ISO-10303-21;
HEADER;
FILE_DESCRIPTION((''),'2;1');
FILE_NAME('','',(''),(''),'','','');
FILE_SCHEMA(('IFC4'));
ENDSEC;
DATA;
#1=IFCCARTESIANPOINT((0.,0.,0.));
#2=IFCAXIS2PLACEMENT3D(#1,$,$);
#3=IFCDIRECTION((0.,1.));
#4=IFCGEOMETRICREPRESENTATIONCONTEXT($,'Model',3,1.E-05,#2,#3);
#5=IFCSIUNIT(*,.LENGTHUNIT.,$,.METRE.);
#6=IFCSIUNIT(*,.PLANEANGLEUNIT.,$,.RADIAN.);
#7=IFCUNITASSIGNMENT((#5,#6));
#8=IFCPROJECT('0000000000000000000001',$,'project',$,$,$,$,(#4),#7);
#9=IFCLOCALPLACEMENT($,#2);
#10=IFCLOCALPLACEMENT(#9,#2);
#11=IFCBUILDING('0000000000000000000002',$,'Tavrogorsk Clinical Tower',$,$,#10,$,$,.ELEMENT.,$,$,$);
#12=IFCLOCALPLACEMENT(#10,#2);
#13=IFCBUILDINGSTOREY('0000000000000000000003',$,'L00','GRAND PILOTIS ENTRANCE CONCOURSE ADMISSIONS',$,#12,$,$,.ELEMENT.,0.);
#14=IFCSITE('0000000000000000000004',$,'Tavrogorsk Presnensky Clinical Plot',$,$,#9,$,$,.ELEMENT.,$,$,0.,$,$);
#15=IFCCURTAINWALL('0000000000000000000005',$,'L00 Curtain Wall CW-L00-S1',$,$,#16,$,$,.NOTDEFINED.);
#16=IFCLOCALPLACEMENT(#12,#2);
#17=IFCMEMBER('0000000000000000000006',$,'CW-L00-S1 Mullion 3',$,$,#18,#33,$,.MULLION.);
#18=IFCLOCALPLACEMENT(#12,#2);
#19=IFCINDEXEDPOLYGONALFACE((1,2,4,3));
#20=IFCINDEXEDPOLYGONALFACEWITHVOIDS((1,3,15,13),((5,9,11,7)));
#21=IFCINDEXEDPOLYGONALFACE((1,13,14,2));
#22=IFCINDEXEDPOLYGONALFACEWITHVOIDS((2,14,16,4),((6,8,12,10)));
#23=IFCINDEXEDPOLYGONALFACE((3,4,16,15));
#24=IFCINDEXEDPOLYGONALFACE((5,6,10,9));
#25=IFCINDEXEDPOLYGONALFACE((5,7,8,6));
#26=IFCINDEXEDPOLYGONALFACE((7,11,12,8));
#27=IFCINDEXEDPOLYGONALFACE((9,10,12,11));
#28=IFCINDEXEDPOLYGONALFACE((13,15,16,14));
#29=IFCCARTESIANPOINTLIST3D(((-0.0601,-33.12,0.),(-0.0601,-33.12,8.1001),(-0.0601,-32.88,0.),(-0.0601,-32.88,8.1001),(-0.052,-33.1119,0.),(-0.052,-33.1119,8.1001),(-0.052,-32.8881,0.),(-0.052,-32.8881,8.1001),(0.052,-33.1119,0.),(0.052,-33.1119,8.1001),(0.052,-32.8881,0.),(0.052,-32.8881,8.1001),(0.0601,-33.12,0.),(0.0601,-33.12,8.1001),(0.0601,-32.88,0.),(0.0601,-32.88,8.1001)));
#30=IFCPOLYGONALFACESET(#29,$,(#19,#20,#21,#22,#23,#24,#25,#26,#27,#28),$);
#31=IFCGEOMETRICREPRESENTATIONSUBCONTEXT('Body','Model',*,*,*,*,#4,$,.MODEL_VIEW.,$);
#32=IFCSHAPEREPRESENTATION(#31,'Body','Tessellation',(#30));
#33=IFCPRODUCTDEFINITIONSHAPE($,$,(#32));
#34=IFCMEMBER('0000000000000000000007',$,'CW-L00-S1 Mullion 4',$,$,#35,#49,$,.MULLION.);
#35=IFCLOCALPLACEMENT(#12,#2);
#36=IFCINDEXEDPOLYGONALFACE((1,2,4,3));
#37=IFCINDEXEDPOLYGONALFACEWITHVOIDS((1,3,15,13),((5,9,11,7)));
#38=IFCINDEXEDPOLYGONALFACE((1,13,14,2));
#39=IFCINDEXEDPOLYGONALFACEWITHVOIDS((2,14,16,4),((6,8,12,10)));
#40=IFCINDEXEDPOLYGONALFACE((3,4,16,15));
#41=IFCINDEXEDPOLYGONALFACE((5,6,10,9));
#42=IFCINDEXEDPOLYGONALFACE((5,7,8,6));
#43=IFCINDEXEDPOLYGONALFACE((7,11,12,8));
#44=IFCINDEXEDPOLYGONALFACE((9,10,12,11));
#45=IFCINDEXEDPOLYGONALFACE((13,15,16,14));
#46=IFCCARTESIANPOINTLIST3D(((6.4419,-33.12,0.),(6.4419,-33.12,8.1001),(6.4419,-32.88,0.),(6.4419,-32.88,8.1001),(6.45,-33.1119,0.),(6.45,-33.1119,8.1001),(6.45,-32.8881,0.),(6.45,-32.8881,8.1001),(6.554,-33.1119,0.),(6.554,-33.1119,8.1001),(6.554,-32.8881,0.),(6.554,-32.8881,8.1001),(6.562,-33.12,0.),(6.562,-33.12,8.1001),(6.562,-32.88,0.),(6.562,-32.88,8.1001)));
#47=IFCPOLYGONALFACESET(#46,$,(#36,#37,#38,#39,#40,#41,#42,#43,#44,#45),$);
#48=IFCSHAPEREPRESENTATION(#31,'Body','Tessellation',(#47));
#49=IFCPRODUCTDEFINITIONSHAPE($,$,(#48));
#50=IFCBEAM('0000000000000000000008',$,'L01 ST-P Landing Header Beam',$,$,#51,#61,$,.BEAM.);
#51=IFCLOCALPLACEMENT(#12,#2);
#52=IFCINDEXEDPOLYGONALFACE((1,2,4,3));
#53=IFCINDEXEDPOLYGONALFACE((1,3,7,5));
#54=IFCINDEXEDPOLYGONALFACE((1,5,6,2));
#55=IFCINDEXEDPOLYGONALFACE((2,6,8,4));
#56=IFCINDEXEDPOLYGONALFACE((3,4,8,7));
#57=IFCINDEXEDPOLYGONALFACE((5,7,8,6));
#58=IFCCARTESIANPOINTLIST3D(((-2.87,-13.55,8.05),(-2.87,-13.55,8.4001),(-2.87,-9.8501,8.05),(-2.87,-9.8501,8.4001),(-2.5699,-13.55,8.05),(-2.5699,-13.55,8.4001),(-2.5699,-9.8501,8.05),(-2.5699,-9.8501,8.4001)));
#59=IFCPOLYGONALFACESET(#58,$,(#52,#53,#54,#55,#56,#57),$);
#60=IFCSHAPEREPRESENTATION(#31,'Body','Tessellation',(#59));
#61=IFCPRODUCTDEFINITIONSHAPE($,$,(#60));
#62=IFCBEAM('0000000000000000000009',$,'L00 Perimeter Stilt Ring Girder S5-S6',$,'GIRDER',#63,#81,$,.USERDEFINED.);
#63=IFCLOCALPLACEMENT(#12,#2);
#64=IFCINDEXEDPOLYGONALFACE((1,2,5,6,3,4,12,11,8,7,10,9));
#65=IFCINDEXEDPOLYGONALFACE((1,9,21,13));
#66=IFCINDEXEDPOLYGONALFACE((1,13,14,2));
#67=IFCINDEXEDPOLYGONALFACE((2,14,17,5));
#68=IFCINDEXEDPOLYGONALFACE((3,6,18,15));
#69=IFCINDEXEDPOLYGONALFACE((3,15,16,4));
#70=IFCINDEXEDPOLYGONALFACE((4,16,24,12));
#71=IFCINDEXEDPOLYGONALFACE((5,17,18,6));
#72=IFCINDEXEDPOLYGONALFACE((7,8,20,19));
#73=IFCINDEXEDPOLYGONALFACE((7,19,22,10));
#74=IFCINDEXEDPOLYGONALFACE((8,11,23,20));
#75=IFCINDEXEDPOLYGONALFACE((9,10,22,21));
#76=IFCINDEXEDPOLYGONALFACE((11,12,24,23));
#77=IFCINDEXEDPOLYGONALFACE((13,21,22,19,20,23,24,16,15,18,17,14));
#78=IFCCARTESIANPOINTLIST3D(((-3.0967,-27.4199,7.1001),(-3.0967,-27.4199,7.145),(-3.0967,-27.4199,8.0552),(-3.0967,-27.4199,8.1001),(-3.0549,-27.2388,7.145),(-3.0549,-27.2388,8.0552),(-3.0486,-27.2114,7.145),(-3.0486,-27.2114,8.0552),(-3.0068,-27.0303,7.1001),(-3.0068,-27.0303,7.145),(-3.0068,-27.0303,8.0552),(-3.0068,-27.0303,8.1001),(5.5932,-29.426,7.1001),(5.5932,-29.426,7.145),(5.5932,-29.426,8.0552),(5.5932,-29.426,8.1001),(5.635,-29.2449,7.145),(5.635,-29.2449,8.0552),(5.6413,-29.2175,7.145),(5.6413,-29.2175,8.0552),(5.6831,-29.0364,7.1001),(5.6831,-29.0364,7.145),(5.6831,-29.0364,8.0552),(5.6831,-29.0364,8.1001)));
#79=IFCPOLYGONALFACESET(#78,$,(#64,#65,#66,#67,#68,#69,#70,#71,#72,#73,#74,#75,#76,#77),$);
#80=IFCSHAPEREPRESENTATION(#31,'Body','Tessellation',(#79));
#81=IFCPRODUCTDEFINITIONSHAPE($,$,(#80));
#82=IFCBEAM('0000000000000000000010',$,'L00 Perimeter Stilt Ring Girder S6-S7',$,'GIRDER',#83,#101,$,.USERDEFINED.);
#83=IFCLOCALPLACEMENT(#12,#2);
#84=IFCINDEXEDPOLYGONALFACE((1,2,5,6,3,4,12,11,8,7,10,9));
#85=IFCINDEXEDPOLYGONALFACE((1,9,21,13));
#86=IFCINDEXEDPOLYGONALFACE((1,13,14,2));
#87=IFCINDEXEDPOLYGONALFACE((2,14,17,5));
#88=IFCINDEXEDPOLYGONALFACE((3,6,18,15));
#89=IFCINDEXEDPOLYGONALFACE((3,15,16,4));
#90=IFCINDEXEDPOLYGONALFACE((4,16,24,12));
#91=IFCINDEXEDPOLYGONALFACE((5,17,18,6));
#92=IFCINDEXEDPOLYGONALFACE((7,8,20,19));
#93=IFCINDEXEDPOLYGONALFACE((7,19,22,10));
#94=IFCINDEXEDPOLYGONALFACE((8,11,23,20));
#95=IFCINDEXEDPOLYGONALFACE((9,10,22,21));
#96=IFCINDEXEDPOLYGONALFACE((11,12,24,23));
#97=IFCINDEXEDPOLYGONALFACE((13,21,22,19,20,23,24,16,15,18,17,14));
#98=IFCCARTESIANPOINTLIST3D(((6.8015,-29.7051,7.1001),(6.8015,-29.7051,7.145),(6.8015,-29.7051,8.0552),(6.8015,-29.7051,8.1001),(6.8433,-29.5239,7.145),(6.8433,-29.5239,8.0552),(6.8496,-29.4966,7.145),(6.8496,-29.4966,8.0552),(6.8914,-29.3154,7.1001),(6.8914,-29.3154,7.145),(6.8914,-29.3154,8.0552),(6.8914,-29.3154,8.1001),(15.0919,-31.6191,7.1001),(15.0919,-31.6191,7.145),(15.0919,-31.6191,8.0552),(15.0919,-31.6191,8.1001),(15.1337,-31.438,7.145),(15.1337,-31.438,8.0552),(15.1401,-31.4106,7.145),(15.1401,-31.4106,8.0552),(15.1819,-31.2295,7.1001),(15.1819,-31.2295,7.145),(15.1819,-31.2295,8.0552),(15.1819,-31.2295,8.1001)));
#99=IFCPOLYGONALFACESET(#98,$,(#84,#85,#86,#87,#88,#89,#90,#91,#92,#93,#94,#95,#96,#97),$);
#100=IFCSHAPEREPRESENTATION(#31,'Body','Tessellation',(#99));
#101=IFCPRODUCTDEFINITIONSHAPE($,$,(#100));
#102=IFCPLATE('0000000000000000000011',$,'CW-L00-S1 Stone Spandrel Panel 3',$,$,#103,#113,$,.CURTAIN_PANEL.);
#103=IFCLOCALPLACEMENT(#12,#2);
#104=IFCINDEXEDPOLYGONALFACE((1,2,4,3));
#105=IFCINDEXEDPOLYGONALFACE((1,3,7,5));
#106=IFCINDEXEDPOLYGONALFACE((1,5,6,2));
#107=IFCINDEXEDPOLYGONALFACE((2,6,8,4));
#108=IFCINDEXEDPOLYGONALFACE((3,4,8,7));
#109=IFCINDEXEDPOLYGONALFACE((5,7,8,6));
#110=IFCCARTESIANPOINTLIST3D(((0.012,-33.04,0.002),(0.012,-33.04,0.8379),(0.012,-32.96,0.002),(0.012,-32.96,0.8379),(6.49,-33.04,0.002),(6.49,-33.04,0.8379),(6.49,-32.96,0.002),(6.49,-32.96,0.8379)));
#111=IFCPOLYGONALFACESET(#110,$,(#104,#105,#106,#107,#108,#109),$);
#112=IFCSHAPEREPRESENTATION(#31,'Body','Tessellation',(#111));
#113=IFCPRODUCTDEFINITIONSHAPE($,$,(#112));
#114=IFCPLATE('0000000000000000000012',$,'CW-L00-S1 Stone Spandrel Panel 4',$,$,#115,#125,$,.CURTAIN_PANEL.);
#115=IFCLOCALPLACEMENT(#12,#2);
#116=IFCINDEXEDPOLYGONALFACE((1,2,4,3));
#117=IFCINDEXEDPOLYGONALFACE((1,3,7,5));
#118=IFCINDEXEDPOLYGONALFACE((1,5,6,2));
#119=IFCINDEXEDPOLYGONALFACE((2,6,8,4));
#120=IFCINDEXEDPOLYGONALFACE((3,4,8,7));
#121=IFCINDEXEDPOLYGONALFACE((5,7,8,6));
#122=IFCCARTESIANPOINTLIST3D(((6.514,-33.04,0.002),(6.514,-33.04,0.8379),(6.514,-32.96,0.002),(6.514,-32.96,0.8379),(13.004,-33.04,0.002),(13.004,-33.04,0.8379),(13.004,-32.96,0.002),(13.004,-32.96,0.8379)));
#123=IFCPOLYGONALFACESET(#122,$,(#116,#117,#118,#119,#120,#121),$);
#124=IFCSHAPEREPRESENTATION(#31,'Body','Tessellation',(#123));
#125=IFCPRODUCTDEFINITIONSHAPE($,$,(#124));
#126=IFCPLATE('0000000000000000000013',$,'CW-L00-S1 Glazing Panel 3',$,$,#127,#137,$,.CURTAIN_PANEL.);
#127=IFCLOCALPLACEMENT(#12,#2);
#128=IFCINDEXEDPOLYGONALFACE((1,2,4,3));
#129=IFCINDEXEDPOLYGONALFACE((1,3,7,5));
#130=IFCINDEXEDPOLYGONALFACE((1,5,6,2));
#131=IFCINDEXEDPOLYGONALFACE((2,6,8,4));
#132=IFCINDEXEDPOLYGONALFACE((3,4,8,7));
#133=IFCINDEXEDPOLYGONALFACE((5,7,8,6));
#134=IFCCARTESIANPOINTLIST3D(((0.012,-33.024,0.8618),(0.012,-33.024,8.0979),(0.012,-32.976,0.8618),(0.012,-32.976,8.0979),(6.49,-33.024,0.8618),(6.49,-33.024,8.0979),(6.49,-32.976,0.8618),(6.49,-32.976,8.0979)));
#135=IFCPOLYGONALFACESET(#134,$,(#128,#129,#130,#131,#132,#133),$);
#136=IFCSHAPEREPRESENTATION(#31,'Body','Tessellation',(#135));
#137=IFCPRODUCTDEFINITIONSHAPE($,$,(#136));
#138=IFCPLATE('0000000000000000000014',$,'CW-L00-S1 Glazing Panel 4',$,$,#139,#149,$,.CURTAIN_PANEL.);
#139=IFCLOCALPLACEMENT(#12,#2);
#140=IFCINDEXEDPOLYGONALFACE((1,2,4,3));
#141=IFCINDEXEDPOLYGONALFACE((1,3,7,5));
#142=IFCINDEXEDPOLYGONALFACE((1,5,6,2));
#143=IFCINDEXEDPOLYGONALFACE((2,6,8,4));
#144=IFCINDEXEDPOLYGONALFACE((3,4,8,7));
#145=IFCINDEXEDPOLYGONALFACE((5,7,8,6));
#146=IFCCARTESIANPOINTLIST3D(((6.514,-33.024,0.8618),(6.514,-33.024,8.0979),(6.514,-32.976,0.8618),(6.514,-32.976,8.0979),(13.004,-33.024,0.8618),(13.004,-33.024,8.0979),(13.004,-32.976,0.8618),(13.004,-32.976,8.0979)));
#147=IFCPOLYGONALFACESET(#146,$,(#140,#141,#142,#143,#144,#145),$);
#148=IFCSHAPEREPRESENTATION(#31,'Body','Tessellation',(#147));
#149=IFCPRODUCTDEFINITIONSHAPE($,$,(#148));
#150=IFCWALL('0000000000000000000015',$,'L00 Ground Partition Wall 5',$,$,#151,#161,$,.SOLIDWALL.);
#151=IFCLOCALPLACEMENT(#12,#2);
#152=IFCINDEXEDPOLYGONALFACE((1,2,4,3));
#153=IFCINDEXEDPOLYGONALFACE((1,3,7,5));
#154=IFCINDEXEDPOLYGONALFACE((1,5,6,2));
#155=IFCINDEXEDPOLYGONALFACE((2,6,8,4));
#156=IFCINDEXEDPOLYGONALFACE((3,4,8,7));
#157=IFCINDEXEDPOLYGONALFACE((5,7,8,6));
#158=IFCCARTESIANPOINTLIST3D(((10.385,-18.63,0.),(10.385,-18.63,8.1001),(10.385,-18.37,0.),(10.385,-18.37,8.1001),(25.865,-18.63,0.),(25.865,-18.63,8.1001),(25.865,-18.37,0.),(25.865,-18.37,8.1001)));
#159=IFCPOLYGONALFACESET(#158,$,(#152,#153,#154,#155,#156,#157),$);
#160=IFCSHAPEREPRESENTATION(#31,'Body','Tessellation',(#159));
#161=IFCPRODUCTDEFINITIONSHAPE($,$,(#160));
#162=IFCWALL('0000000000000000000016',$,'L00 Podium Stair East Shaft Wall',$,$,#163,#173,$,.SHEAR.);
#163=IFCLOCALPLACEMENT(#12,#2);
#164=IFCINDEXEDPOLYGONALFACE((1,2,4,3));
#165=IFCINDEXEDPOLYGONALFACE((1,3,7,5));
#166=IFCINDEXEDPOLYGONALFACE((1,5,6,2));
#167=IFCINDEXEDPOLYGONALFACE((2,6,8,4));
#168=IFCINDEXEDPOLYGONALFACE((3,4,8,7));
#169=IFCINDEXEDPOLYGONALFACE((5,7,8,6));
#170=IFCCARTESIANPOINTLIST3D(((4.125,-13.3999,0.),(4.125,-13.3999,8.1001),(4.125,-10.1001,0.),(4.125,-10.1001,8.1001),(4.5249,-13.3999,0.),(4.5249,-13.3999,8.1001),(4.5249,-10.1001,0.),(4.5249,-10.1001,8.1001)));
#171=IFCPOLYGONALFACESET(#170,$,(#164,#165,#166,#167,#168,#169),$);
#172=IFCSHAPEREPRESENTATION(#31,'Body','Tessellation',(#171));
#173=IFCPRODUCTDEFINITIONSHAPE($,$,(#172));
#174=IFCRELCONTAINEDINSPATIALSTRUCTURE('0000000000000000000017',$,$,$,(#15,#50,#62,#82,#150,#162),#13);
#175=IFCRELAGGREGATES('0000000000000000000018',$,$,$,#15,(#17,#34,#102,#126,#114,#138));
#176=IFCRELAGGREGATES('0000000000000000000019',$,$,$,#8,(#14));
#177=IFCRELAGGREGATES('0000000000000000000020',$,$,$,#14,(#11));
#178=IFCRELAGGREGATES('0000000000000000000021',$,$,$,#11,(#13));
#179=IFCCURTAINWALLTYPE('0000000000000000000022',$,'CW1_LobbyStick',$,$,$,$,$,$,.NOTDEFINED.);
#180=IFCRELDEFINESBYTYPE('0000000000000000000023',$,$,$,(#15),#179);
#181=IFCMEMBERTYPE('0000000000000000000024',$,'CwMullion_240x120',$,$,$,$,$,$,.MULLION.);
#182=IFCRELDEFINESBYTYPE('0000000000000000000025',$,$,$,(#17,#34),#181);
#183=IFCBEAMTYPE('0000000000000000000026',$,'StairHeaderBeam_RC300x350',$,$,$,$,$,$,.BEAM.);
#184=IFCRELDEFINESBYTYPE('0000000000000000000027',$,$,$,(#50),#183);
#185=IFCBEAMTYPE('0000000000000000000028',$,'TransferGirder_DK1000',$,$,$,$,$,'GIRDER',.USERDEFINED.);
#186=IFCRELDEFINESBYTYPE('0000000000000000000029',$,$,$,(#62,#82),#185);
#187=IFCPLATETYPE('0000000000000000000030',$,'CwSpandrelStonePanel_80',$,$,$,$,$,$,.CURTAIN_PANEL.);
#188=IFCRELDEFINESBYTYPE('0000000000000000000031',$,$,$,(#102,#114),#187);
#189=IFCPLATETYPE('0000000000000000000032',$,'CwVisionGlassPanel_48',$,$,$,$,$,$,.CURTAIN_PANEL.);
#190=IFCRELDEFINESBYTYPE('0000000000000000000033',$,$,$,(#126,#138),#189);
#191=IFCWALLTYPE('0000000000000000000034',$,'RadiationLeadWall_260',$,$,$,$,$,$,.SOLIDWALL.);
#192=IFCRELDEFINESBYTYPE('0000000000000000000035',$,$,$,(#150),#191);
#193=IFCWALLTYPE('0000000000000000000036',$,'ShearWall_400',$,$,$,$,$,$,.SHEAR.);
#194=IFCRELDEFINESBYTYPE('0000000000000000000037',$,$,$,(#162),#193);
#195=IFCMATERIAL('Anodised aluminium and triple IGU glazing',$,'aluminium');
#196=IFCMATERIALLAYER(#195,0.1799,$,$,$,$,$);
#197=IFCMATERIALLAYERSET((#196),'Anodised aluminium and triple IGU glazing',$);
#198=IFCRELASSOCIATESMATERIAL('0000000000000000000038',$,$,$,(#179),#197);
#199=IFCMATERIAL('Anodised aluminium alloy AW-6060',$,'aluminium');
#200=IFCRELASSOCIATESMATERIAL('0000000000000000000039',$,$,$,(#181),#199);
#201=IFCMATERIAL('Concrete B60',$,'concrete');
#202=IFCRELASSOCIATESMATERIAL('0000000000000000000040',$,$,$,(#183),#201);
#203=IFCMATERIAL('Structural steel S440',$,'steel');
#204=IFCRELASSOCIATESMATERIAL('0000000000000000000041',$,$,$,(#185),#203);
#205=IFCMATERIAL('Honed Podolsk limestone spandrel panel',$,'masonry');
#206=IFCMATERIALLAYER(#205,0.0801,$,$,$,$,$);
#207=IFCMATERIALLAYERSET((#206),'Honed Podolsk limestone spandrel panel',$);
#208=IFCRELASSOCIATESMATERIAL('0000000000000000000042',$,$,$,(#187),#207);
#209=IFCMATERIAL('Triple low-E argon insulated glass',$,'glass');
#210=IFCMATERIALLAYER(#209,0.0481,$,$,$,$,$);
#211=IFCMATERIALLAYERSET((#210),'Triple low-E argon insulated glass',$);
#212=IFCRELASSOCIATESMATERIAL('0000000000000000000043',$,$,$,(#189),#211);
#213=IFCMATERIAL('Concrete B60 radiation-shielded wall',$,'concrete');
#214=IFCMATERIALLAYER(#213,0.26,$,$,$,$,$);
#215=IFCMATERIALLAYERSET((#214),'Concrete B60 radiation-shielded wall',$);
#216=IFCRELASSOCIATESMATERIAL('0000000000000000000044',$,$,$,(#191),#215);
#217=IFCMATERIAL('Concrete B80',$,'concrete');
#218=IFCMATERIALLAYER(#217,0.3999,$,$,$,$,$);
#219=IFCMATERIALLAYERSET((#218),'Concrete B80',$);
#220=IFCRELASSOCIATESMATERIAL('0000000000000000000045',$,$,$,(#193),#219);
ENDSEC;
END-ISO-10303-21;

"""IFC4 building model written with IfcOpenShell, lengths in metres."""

from ifc_helpers import new_model, si_unit, direction, frame, frame_2d, origin, origin_2d, place, context, subcontext, project, spatial, rectangle, hollow_rectangle, i_section, extrude, material, layer, layer_set, material_profile, profile_set, type_object, element, aggregate, save


model = new_model("IFC4")

# Units and contexts
model_context = context("Model", 3, precision=1e-05, world=origin(), true_north=direction((0.0, 1.0)))
body_context = subcontext(model_context, "Body", "Model", "MODEL_VIEW")
ifc_project = project(units=[si_unit("LENGTHUNIT", "METRE"), si_unit("PLANEANGLEUNIT", "RADIAN")], contexts=[model_context])

# Site, building, storey
site_placement = place(None, origin())
site = spatial("IfcSite", under=ifc_project, at=site_placement, Name="Tavrogorsk Presnensky Clinical Plot", CompositionType="ELEMENT", RefElevation=0.0)
building_placement = place(site_placement, origin())
building = spatial("IfcBuilding", under=site, at=building_placement, Name="Tavrogorsk Clinical Tower", CompositionType="ELEMENT")
storey_placement = place(building_placement, origin())
storey = spatial("IfcBuildingStorey", under=building, at=storey_placement, Name="L00", Description="GRAND PILOTIS ENTRANCE CONCOURSE ADMISSIONS", CompositionType="ELEMENT", Elevation=0.0)

# Curtain wall, members
ifc_material_1 = material(Name="Anodised aluminium and triple IGU glazing", Category="aluminium")
ifc_layer_1 = layer(ifc_material_1, 0.1799)
ifc_layer_set_1 = layer_set([ifc_layer_1], Name="Anodised aluminium and triple IGU glazing")
curtain_wall_type = type_object("IfcCurtainWallType", Name="CW1_LobbyStick", PredefinedType="NOTDEFINED", material=ifc_layer_set_1)
curtain_wall_placement = place(storey_placement, origin())
curtain_wall = element("IfcCurtainWall", 1, at=curtain_wall_placement, inside=storey, type_object=curtain_wall_type, Name="L00 Curtain Wall CW-L00-S1", PredefinedType="NOTDEFINED")
ifc_material_2 = material(Name="Anodised aluminium alloy AW-6060", Category="aluminium")
ifc_material_profile_1 = material_profile(ifc_material_2, hollow_rectangle(XDim=0.1201, YDim=0.24, WallThickness=0.0081, at=origin_2d()), Name="RHS-240x120x8")
ifc_profile_set_1 = profile_set([ifc_material_profile_1], Name="Anodised aluminium alloy AW-6060")
member_type = type_object("IfcMemberType", Name="CwMullion_240x120", PredefinedType="MULLION", material=ifc_profile_set_1)
member_1_placement = place(storey_placement, frame((0.0, -33.0, 0.0), z_axis=(0.0, 0.0, 1.0), x_axis=(1.0, 0.0, 0.0)))
member_1 = element("IfcMember", 2, at=member_1_placement, type_object=member_type, Name="CW-L00-S1 Mullion 3", PredefinedType="MULLION", context=body_context, shape_type="SweptSolid", body=[
    extrude(hollow_rectangle(XDim=0.1201, YDim=0.24, WallThickness=0.0081, at=origin_2d()), origin(), (0.0, 0.0, 1.0), 8.1001),
])
member_2_placement = place(storey_placement, frame((6.502, -33.0, 0.0), z_axis=(0.0, 0.0, 1.0), x_axis=(1.0, 0.0, 0.0)))
member_2 = element("IfcMember", 3, at=member_2_placement, type_object=member_type, Name="CW-L00-S1 Mullion 4", PredefinedType="MULLION", context=body_context, shape_type="SweptSolid", body=[
    extrude(hollow_rectangle(XDim=0.1201, YDim=0.24, WallThickness=0.0081, at=origin_2d()), origin(), (0.0, 0.0, 1.0), 8.1001),
])

# Beams
ifc_material_3 = material(Name="Concrete B60", Category="concrete")
ifc_material_profile_2 = material_profile(ifc_material_3, rectangle(XDim=0.3, YDim=0.3501, at=origin_2d()), Name="RC-SHB-300x350")
ifc_profile_set_2 = profile_set([ifc_material_profile_2], Name="Concrete B60")
beam_type_1 = type_object("IfcBeamType", Name="StairHeaderBeam_RC300x350", PredefinedType="BEAM", material=ifc_profile_set_2)
beam_1_placement = place(storey_placement, frame((-2.72, -13.55, 8.2251), z_axis=(0.0, 1.0, 0.0), x_axis=(-1.0, 0.0, 0.0)))
element("IfcBeam", 4, at=beam_1_placement, inside=storey, type_object=beam_type_1, Name="L01 ST-P Landing Header Beam", PredefinedType="BEAM", context=body_context, shape_type="SweptSolid", body=[
    extrude(rectangle(XDim=0.3, YDim=0.3501, at=origin_2d()), origin(), (0.0, 0.0, 1.0), 3.7),
])
ifc_material_4 = material(Name="Structural steel S440", Category="steel")
ifc_material_profile_3 = material_profile(ifc_material_4, i_section(OverallWidth=0.3999, OverallDepth=1.0, WebThickness=0.0281, FlangeThickness=0.0449, at=origin_2d()), Name="DK-1000x400x28x45")
ifc_profile_set_3 = profile_set([ifc_material_profile_3], Name="Structural steel S440")
beam_type_2 = type_object("IfcBeamType", Name="TransferGirder_DK1000", ElementType="GIRDER", PredefinedType="USERDEFINED", material=ifc_profile_set_3)
beam_2_placement = place(storey_placement, frame((-3.0518, -27.2251, 7.6001), z_axis=(0.974373, -0.224937, 0.0), x_axis=(0.224937, 0.974373, 0.0)))
element("IfcBeam", 5, at=beam_2_placement, inside=storey, type_object=beam_type_2, Name="L00 Perimeter Stilt Ring Girder S5-S6", ObjectType="GIRDER", PredefinedType="USERDEFINED", context=body_context, shape_type="SweptSolid", body=[
    extrude(i_section(OverallWidth=0.3999, OverallDepth=1.0, WebThickness=0.0281, FlangeThickness=0.0449, at=origin_2d()), origin(), (0.0, 0.0, 1.0), 8.9185),
])
beam_3_placement = place(storey_placement, frame((6.8464, -29.5103, 7.6001), z_axis=(0.974369, -0.224956, 0.0), x_axis=(0.224956, 0.974369, 0.0)))
element("IfcBeam", 6, at=beam_3_placement, inside=storey, type_object=beam_type_2, Name="L00 Perimeter Stilt Ring Girder S6-S7", ObjectType="GIRDER", PredefinedType="USERDEFINED", context=body_context, shape_type="SweptSolid", body=[
    extrude(i_section(OverallWidth=0.3999, OverallDepth=1.0, WebThickness=0.0281, FlangeThickness=0.0449, at=origin_2d()), origin(), (0.0, 0.0, 1.0), 8.5085),
])

# Plates
ifc_material_5 = material(Name="Honed Podolsk limestone spandrel panel", Category="masonry")
ifc_layer_2 = layer(ifc_material_5, 0.0801)
ifc_layer_set_2 = layer_set([ifc_layer_2], Name="Honed Podolsk limestone spandrel panel")
plate_type_1 = type_object("IfcPlateType", Name="CwSpandrelStonePanel_80", PredefinedType="CURTAIN_PANEL", material=ifc_layer_set_2)
plate_1_placement = place(storey_placement, frame((3.251, -33.0, 0.002), z_axis=(0.0, 0.0, 1.0), x_axis=(1.0, 0.0, 0.0)))
plate_1 = element("IfcPlate", 7, at=plate_1_placement, type_object=plate_type_1, Name="CW-L00-S1 Stone Spandrel Panel 3", PredefinedType="CURTAIN_PANEL", context=body_context, shape_type="SweptSolid", body=[
    extrude(rectangle(XDim=6.478, YDim=0.0801, at=origin_2d()), origin(), (0.0, 0.0, 1.0), 0.8359),
])
plate_2_placement = place(storey_placement, frame((9.759, -33.0, 0.002), z_axis=(0.0, 0.0, 1.0), x_axis=(1.0, 0.0, 0.0)))
plate_2 = element("IfcPlate", 8, at=plate_2_placement, type_object=plate_type_1, Name="CW-L00-S1 Stone Spandrel Panel 4", PredefinedType="CURTAIN_PANEL", context=body_context, shape_type="SweptSolid", body=[
    extrude(rectangle(XDim=6.49, YDim=0.0801, at=origin_2d()), origin(), (0.0, 0.0, 1.0), 0.8359),
])
ifc_material_6 = material(Name="Triple low-E argon insulated glass", Category="glass")
ifc_layer_3 = layer(ifc_material_6, 0.0481)
ifc_layer_set_3 = layer_set([ifc_layer_3], Name="Triple low-E argon insulated glass")
plate_type_2 = type_object("IfcPlateType", Name="CwVisionGlassPanel_48", PredefinedType="CURTAIN_PANEL", material=ifc_layer_set_3)
plate_3_placement = place(storey_placement, frame((3.251, -33.0, 0.8618), z_axis=(0.0, 0.0, 1.0), x_axis=(1.0, 0.0, 0.0)))
plate_3 = element("IfcPlate", 9, at=plate_3_placement, type_object=plate_type_2, Name="CW-L00-S1 Glazing Panel 3", PredefinedType="CURTAIN_PANEL", context=body_context, shape_type="SweptSolid", body=[
    extrude(rectangle(XDim=6.478, YDim=0.0481, at=origin_2d()), origin(), (0.0, 0.0, 1.0), 7.2361),
])
plate_4_placement = place(storey_placement, frame((9.759, -33.0, 0.8618), z_axis=(0.0, 0.0, 1.0), x_axis=(1.0, 0.0, 0.0)))
plate_4 = element("IfcPlate", 10, at=plate_4_placement, type_object=plate_type_2, Name="CW-L00-S1 Glazing Panel 4", PredefinedType="CURTAIN_PANEL", context=body_context, shape_type="SweptSolid", body=[
    extrude(rectangle(XDim=6.49, YDim=0.0481, at=origin_2d()), origin(), (0.0, 0.0, 1.0), 7.2361),
])
aggregate(curtain_wall, [member_1, member_2, plate_1, plate_3, plate_2, plate_4])

# Walls
ifc_material_7 = material(Name="Concrete B60 radiation-shielded wall", Category="concrete")
ifc_layer_4 = layer(ifc_material_7, 0.26)
ifc_layer_set_4 = layer_set([ifc_layer_4], Name="Concrete B60 radiation-shielded wall")
wall_type_1 = type_object("IfcWallType", Name="RadiationLeadWall_260", PredefinedType="SOLIDWALL", material=ifc_layer_set_4)
wall_1_placement = place(storey_placement, frame((10.385, -18.5, 0.0), z_axis=(0.0, 0.0, 1.0), x_axis=(1.0, 0.0, 0.0)))
element("IfcWall", 11, at=wall_1_placement, inside=storey, type_object=wall_type_1, Name="L00 Ground Partition Wall 5", PredefinedType="SOLIDWALL", context=body_context, shape_type="SweptSolid", body=[
    extrude(rectangle(XDim=15.48, YDim=0.26, at=frame_2d((7.74, 0.0))), origin(), (0.0, 0.0, 1.0), 8.1001),
])
ifc_material_8 = material(Name="Concrete B80", Category="concrete")
ifc_layer_5 = layer(ifc_material_8, 0.3999)
ifc_layer_set_5 = layer_set([ifc_layer_5], Name="Concrete B80")
wall_type_2 = type_object("IfcWallType", Name="ShearWall_400", PredefinedType="SHEAR", material=ifc_layer_set_5)
wall_2_placement = place(storey_placement, frame((4.325, -13.3999, 0.0), z_axis=(0.0, 0.0, 1.0), x_axis=(0.0, 1.0, 0.0)))
element("IfcWall", 12, at=wall_2_placement, inside=storey, type_object=wall_type_2, Name="L00 Podium Stair East Shaft Wall", PredefinedType="SHEAR", context=body_context, shape_type="SweptSolid", body=[
    extrude(rectangle(XDim=3.2998, YDim=0.3999, at=frame_2d((1.6499, 0.0))), origin(), (0.0, 0.0, 1.0), 8.1001),
])

save(model, "model.ifc")
